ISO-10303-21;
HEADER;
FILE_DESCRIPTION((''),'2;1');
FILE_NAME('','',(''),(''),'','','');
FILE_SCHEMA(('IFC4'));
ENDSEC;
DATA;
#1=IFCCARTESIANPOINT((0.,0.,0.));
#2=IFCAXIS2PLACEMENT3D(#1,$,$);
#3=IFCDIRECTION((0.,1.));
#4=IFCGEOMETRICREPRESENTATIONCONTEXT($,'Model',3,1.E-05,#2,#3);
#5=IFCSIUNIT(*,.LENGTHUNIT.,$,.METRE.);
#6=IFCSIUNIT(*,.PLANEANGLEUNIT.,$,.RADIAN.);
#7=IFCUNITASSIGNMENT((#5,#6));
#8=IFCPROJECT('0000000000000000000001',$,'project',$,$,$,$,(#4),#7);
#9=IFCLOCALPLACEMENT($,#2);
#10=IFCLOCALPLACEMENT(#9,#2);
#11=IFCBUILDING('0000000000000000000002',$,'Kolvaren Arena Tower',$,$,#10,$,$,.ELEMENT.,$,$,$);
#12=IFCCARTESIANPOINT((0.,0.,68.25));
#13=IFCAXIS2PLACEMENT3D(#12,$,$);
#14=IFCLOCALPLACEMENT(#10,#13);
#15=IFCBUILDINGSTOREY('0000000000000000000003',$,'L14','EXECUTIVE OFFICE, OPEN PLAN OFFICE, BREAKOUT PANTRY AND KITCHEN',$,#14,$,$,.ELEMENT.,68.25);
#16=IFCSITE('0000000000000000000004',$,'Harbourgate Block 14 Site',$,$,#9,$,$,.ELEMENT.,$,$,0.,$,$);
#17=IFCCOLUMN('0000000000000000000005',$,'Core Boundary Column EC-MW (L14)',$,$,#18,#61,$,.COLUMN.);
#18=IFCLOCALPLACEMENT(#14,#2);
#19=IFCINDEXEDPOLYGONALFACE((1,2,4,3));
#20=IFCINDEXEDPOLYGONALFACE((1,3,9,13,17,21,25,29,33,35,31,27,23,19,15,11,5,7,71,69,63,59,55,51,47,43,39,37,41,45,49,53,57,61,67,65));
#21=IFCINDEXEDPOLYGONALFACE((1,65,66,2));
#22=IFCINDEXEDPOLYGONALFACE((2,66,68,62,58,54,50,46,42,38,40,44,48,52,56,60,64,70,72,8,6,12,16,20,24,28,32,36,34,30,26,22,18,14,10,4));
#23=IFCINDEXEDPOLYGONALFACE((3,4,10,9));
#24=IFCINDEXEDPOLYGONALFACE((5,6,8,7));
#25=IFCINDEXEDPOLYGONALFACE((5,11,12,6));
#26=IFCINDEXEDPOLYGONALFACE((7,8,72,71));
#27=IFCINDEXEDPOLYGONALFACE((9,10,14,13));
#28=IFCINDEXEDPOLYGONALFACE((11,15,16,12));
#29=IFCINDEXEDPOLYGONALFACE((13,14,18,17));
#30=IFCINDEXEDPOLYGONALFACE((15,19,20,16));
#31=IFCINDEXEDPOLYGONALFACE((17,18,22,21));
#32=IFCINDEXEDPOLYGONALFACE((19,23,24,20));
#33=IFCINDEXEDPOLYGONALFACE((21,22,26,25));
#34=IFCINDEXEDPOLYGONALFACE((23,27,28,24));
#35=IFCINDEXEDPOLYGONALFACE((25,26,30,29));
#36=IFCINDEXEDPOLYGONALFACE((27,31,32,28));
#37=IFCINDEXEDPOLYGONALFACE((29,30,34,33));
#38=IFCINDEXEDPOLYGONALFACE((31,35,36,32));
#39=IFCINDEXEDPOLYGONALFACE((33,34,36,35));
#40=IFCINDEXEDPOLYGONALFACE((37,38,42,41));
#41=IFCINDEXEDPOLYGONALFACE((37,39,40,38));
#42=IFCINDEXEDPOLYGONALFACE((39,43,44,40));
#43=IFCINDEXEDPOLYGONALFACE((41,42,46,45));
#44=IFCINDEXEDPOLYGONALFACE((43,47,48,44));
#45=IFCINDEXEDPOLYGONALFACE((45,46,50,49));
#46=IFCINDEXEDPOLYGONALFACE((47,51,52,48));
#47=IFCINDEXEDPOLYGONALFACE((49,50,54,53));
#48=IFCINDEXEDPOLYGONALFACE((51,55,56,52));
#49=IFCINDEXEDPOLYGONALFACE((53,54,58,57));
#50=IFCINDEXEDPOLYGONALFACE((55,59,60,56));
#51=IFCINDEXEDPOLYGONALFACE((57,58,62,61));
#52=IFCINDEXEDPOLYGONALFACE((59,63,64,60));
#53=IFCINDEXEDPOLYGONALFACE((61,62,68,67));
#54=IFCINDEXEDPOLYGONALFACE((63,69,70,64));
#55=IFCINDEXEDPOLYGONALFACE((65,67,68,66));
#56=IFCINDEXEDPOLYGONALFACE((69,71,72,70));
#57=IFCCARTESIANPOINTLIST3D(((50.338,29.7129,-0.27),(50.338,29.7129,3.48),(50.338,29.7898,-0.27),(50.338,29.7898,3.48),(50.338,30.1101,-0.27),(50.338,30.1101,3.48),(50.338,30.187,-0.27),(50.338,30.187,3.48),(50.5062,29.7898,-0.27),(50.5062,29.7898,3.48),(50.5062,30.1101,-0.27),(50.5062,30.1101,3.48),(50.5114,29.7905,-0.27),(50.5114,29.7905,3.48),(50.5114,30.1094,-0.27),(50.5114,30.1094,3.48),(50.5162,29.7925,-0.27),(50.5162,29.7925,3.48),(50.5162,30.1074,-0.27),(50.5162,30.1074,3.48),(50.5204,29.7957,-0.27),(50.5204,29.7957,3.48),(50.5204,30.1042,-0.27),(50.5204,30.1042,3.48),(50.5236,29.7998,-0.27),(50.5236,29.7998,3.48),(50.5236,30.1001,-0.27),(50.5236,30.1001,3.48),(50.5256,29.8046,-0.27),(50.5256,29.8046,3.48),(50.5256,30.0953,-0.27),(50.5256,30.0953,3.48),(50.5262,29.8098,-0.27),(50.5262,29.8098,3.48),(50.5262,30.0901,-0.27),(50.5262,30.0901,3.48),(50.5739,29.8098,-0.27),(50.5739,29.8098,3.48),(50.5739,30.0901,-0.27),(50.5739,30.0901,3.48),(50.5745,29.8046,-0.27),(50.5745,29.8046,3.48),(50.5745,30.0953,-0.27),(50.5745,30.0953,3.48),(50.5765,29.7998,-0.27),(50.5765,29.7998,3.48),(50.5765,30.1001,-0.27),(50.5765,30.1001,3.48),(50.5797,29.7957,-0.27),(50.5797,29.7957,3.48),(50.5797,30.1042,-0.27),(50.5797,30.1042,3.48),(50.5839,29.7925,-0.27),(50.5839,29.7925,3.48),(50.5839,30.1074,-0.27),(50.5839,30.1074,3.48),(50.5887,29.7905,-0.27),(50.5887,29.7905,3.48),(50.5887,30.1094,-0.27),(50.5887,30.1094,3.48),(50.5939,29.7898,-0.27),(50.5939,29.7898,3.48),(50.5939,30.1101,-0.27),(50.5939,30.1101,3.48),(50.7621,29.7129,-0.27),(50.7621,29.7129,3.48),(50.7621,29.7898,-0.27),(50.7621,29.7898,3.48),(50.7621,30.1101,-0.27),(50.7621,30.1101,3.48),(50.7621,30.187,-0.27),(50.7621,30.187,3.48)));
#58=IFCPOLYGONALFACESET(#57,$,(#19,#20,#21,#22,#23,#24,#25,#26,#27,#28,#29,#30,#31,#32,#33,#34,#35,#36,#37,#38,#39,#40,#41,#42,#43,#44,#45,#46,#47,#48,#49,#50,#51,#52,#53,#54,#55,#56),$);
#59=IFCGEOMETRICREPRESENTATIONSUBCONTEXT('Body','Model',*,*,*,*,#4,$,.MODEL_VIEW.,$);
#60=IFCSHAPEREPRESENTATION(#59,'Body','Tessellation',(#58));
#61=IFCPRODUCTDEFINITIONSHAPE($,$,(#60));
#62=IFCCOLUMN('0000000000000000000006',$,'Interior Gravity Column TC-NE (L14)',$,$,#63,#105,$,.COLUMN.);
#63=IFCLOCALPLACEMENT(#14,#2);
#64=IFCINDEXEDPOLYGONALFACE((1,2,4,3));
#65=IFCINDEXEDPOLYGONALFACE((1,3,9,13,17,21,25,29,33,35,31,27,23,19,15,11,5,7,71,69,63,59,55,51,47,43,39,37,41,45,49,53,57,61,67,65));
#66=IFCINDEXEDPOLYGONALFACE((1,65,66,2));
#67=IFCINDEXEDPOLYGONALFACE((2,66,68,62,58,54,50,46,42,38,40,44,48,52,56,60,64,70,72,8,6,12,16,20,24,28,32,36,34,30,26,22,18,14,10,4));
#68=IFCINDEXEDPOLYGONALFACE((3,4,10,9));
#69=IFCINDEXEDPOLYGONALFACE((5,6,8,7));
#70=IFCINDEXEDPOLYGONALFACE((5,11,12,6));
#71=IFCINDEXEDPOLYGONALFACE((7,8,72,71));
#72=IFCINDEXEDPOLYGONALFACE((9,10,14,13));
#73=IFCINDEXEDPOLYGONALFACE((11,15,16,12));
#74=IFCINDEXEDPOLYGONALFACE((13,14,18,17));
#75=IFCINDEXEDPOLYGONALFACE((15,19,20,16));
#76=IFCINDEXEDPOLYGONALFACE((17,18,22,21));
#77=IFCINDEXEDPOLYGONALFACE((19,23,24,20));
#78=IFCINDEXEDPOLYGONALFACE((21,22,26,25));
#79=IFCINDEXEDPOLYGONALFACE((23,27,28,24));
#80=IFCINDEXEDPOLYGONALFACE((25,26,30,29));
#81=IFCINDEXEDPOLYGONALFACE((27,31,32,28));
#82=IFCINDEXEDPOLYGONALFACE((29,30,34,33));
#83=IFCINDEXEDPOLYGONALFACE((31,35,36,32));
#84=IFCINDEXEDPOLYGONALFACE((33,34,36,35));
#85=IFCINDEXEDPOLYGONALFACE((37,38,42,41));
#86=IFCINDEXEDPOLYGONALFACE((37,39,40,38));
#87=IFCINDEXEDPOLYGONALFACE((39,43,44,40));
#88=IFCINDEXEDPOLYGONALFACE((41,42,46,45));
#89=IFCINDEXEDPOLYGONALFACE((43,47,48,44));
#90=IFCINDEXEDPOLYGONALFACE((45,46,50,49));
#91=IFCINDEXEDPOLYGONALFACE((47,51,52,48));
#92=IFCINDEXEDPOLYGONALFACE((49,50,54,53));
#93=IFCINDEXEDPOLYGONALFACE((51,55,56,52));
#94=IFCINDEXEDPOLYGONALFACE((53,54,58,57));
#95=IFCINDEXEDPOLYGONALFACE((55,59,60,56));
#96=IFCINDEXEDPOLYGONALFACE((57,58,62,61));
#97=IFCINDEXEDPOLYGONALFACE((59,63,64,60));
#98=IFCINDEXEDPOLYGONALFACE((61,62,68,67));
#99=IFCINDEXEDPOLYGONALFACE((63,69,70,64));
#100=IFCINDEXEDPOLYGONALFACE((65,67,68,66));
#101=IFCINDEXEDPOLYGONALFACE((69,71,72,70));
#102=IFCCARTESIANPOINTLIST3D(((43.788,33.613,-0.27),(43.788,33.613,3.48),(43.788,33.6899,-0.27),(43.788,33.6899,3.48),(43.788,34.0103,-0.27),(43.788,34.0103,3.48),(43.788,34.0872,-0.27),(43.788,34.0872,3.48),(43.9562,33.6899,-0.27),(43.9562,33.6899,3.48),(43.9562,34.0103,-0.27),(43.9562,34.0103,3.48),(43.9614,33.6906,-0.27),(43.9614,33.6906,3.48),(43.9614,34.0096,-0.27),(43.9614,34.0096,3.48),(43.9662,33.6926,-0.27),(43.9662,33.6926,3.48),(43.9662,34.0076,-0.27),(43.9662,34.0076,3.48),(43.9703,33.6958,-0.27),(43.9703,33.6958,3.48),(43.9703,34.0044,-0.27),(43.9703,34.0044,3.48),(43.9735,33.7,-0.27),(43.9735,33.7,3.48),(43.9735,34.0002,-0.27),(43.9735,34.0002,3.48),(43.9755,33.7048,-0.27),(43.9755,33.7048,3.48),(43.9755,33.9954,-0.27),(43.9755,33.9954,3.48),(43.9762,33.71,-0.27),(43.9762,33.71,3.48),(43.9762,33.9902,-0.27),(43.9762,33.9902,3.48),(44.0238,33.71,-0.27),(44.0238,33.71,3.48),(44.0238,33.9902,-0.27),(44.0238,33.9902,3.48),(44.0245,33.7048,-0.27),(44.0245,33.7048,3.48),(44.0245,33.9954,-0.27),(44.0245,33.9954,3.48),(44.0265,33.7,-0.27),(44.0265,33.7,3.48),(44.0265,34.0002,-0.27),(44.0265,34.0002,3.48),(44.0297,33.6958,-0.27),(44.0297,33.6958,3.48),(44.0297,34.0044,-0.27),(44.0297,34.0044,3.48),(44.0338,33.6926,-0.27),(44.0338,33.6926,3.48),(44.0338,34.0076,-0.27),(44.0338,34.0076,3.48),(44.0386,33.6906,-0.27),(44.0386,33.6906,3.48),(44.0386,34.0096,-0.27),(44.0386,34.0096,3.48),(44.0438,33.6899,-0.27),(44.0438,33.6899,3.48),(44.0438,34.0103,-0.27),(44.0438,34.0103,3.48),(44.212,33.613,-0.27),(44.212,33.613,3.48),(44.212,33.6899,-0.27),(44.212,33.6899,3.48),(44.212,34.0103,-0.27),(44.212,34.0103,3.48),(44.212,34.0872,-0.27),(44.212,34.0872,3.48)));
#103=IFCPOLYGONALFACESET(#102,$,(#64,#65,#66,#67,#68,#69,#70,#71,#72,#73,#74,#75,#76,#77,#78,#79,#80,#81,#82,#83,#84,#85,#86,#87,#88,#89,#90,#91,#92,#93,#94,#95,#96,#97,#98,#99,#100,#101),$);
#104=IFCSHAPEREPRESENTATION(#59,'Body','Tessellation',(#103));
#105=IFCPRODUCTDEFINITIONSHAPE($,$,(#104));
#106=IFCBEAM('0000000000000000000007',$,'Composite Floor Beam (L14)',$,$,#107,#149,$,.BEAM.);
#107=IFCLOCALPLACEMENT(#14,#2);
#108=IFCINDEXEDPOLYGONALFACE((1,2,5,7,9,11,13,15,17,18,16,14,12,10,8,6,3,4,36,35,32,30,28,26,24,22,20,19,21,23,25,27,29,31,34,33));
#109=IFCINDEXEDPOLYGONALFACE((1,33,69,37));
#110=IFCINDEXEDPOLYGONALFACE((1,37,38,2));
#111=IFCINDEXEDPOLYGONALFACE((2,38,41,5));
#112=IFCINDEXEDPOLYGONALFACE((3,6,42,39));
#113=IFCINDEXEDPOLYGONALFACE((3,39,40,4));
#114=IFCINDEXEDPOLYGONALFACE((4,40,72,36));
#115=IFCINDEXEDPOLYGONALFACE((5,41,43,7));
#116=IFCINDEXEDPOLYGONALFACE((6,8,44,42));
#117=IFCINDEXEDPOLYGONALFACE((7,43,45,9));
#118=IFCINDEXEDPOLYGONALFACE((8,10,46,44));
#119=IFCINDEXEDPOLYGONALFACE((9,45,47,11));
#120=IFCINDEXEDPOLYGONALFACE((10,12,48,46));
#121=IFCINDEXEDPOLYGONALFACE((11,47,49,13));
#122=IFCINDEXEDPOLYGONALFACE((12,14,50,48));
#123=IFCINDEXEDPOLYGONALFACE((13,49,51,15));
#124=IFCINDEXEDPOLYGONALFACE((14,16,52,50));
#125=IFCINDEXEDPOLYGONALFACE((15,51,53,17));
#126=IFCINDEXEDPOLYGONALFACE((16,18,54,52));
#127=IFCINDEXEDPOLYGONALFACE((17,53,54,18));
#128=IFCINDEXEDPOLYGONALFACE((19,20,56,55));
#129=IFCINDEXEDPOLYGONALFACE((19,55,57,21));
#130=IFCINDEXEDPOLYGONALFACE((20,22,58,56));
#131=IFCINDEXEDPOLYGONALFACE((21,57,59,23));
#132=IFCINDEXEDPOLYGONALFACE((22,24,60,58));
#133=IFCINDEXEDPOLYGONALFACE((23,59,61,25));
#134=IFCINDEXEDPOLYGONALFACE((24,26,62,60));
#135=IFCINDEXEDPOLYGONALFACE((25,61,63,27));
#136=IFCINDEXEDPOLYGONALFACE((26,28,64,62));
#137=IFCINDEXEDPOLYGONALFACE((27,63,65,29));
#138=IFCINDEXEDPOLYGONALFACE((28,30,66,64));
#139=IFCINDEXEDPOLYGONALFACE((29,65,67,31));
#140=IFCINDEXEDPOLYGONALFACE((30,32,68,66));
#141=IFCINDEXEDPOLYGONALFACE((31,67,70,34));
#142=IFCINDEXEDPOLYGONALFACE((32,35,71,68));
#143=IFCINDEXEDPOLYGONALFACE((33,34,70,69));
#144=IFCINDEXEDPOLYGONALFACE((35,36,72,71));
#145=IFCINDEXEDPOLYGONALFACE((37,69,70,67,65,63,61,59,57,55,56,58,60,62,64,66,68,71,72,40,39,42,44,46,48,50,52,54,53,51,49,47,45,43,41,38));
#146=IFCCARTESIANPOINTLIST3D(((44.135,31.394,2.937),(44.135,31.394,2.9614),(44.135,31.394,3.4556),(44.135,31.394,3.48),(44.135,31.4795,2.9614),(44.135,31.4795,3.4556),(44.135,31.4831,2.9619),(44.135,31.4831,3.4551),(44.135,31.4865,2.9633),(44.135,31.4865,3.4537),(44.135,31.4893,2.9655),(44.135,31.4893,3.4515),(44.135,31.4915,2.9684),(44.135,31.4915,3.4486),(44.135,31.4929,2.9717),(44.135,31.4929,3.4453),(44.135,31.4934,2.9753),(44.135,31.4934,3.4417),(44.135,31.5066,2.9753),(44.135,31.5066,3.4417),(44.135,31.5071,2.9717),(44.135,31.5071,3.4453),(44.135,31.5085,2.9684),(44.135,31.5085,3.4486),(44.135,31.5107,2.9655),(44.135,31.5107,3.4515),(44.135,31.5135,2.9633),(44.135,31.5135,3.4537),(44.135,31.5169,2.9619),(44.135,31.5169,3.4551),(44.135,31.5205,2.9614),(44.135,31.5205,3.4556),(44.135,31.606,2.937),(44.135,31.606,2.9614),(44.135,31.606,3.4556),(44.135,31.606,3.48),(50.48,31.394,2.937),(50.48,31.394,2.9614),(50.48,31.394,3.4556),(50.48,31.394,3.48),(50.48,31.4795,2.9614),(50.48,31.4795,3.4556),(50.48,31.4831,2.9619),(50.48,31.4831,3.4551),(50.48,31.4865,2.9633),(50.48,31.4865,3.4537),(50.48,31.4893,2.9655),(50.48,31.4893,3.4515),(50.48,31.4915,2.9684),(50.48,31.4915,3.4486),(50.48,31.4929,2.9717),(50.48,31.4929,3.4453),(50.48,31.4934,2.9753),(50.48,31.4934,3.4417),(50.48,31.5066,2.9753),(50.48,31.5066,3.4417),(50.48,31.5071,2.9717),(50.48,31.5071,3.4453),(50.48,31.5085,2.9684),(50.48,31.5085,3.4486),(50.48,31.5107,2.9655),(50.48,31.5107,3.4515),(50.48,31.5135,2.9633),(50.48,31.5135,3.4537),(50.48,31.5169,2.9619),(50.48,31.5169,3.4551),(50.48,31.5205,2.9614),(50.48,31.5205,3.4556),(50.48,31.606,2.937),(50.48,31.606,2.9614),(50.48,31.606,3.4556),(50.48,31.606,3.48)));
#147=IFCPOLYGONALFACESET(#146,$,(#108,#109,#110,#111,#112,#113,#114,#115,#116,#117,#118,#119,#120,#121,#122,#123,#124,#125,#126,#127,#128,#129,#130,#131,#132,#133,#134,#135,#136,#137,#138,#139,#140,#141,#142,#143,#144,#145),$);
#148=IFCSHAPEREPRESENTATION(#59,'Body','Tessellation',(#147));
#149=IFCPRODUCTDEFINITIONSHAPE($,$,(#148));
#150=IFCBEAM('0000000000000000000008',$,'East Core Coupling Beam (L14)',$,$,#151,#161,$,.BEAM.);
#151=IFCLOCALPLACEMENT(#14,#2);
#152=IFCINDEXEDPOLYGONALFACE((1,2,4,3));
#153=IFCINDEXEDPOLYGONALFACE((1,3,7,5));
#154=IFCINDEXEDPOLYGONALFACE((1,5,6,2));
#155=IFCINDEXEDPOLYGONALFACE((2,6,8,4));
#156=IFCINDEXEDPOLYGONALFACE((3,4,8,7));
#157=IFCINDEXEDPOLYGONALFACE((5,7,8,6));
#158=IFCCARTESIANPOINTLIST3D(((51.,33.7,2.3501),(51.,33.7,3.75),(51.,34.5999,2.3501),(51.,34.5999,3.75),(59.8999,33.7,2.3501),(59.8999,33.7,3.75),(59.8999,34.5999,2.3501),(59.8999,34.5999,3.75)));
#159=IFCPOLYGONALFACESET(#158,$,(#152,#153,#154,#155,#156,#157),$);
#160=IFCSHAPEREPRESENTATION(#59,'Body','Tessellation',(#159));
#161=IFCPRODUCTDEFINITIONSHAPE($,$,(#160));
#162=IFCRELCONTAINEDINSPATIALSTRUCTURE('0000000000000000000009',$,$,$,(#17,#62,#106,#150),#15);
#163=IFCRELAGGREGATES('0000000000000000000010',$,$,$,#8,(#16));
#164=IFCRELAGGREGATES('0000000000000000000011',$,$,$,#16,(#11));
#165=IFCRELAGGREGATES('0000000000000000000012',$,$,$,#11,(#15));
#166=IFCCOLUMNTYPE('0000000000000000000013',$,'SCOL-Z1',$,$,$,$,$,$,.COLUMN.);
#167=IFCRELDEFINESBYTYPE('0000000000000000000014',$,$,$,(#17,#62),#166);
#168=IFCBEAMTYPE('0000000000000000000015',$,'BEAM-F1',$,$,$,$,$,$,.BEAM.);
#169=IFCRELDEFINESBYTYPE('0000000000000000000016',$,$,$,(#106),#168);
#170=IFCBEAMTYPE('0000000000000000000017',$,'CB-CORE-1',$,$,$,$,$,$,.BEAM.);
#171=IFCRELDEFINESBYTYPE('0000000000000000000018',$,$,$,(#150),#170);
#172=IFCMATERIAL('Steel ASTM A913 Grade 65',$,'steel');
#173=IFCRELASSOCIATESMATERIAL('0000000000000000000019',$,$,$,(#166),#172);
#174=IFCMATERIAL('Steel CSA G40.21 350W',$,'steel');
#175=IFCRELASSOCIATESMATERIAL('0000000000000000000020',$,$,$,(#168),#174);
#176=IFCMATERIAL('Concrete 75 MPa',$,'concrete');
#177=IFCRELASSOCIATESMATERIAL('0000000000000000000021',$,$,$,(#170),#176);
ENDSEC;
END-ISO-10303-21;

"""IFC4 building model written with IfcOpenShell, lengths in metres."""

from ifc_helpers import new_model, si_unit, direction, frame, origin, origin_2d, place, context, subcontext, project, spatial, rectangle, i_section, extrude, material, material_profile, profile_set, type_object, element, save


model = new_model("IFC4")

# Units and contexts
model_context = context("Model", 3, precision=1e-05, world=origin(), true_north=direction((0.0, 1.0)))
body_context = subcontext(model_context, "Body", "Model", "MODEL_VIEW")
ifc_project = project(units=[si_unit("LENGTHUNIT", "METRE"), si_unit("PLANEANGLEUNIT", "RADIAN")], contexts=[model_context])

# Site, building, storey
site_placement = place(None, origin())
site = spatial("IfcSite", under=ifc_project, at=site_placement, Name="Harbourgate Block 14 Site", CompositionType="ELEMENT", RefElevation=0.0)
building_placement = place(site_placement, origin())
building = spatial("IfcBuilding", under=site, at=building_placement, Name="Kolvaren Arena Tower", CompositionType="ELEMENT")
storey_placement = place(building_placement, frame((0.0, 0.0, 68.25)))
storey = spatial("IfcBuildingStorey", under=building, at=storey_placement, Name="L14", Description="EXECUTIVE OFFICE, OPEN PLAN OFFICE, BREAKOUT PANTRY AND KITCHEN", CompositionType="ELEMENT", Elevation=68.25)

# Columns
ifc_material_1 = material(Name="Steel ASTM A913 Grade 65", Category="steel")
ifc_material_profile_1 = material_profile(ifc_material_1, i_section(OverallWidth=0.4241, OverallDepth=0.4741, WebThickness=0.0476, FlangeThickness=0.0769, FilletRadius=0.02, at=origin_2d()), Name="W360x634")
ifc_profile_set_1 = profile_set([ifc_material_profile_1], Name="Steel ASTM A913 Grade 65")
column_type = type_object("IfcColumnType", Name="SCOL-Z1", PredefinedType="COLUMN", material=ifc_profile_set_1)
for number, where, z_axis, x_axis, name in (
    (1, (50.55, 29.95, -0.27), (0.0, 0.0, 1.0), (1.0, 0.0, 0.0), "Core Boundary Column EC-MW (L14)"),
    (2, (44.0, 33.8501, -0.27), (0.0, 0.0, 1.0), (1.0, 0.0, 0.0), "Interior Gravity Column TC-NE (L14)"),
):
    element("IfcColumn", number, at=place(storey_placement, frame(where, z_axis=z_axis, x_axis=x_axis)), inside=storey, type_object=column_type, Name=name, PredefinedType="COLUMN", context=body_context, shape_type="SweptSolid", body=[
        extrude(i_section(OverallWidth=0.4241, OverallDepth=0.4741, WebThickness=0.0476, FlangeThickness=0.0769, FilletRadius=0.02, at=origin_2d()), origin(), (0.0, 0.0, 1.0), 3.75),
    ])

# Beams
ifc_material_2 = material(Name="Steel CSA G40.21 350W", Category="steel")
ifc_material_profile_2 = material_profile(ifc_material_2, i_section(OverallWidth=0.2119, OverallDepth=0.543, WebThickness=0.0132, FlangeThickness=0.0244, FilletRadius=0.0139, at=origin_2d()), Name="W530x150")
ifc_profile_set_2 = profile_set([ifc_material_profile_2], Name="Steel CSA G40.21 350W")
beam_type_1 = type_object("IfcBeamType", Name="BEAM-F1", PredefinedType="BEAM", material=ifc_profile_set_2)
beam_1_placement = place(storey_placement, frame((44.135, 31.5, 3.2085), z_axis=(1.0, 0.0, 0.0), x_axis=(0.0, 1.0, 0.0)))
element("IfcBeam", 3, at=beam_1_placement, inside=storey, type_object=beam_type_1, Name="Composite Floor Beam (L14)", PredefinedType="BEAM", context=body_context, shape_type="SweptSolid", body=[
    extrude(i_section(OverallWidth=0.2119, OverallDepth=0.543, WebThickness=0.0132, FlangeThickness=0.0244, FilletRadius=0.0139, at=origin_2d()), origin(), (0.0, 0.0, 1.0), 6.345),
])
ifc_material_3 = material(Name="Concrete 75 MPa", Category="concrete")
ifc_material_profile_3 = material_profile(ifc_material_3, rectangle(XDim=0.8999, YDim=1.3999, at=origin_2d()), Name="RC-900x1400")
ifc_profile_set_3 = profile_set([ifc_material_profile_3], Name="Concrete 75 MPa")
beam_type_2 = type_object("IfcBeamType", Name="CB-CORE-1", PredefinedType="BEAM", material=ifc_profile_set_3)
beam_2_placement = place(storey_placement, frame((51.0, 34.1499, 3.05), z_axis=(1.0, 0.0, 0.0), x_axis=(0.0, 1.0, 0.0)))
element("IfcBeam", 4, at=beam_2_placement, inside=storey, type_object=beam_type_2, Name="East Core Coupling Beam (L14)", PredefinedType="BEAM", context=body_context, shape_type="SweptSolid", body=[
    extrude(rectangle(XDim=0.8999, YDim=1.3999, at=origin_2d()), origin(), (0.0, 0.0, 1.0), 8.8999),
])

save(model, "model.ifc")
